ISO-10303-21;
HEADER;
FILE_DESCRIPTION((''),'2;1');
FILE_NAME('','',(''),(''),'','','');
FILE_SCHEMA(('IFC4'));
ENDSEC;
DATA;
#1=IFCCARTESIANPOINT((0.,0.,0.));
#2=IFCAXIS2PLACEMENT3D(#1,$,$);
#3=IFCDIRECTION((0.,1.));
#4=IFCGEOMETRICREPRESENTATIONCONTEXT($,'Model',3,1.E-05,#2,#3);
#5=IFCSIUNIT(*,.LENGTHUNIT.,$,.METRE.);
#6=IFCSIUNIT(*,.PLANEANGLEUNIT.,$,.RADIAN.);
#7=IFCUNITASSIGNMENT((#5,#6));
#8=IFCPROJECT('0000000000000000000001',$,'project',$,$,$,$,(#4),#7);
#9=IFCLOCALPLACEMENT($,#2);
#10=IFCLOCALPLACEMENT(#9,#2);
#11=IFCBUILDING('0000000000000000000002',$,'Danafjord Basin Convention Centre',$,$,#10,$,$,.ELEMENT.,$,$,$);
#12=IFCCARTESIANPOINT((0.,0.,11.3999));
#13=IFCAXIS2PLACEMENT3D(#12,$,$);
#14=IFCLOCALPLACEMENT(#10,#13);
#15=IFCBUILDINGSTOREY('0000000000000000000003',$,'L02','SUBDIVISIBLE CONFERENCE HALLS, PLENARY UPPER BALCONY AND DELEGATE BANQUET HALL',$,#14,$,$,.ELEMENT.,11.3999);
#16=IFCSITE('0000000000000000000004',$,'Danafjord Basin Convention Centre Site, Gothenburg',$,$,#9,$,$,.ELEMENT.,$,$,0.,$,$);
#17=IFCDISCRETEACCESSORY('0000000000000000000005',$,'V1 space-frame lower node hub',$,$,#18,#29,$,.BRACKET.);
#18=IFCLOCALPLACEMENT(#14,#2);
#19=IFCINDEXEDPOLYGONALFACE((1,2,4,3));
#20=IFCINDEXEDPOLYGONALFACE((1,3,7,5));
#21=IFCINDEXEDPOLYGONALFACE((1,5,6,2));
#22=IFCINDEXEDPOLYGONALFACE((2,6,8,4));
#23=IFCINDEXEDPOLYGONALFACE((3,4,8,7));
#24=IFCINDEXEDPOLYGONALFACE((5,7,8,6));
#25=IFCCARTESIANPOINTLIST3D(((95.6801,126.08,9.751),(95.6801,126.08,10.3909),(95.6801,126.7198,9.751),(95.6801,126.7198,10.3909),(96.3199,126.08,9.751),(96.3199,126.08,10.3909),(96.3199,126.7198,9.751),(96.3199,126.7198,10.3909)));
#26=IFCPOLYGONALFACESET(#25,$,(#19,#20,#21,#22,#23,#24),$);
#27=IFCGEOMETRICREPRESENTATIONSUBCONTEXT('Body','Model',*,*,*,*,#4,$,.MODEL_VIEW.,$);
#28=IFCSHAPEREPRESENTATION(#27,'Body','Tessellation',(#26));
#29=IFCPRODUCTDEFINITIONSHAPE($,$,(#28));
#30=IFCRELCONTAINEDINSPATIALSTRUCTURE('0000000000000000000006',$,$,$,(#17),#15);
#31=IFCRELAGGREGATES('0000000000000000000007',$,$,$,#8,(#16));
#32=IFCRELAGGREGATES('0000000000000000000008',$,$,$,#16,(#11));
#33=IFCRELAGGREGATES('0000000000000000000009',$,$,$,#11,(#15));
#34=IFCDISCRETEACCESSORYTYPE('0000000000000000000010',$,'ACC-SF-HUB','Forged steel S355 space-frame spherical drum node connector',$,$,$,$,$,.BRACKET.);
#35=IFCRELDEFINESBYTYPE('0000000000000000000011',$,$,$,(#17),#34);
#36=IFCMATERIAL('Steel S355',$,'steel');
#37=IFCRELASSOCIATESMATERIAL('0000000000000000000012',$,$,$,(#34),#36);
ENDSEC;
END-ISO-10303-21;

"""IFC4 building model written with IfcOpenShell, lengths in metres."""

from ifc_helpers import new_model, si_unit, direction, frame, origin, origin_2d, place, context, subcontext, project, spatial, rectangle, extrude, material, type_object, element, save


model = new_model("IFC4")

# Units and contexts
model_context = context("Model", 3, precision=1e-05, world=origin(), true_north=direction((0.0, 1.0)))
body_context = subcontext(model_context, "Body", "Model", "MODEL_VIEW")
ifc_project = project(units=[si_unit("LENGTHUNIT", "METRE"), si_unit("PLANEANGLEUNIT", "RADIAN")], contexts=[model_context])

# Site, building, storey
site_placement = place(None, origin())
site = spatial("IfcSite", under=ifc_project, at=site_placement, Name="Danafjord Basin Convention Centre Site, Gothenburg", CompositionType="ELEMENT", RefElevation=0.0)
building_placement = place(site_placement, origin())
building = spatial("IfcBuilding", under=site, at=building_placement, Name="Danafjord Basin Convention Centre", CompositionType="ELEMENT")
storey_placement = place(building_placement, frame((0.0, 0.0, 11.3999)))
storey = spatial("IfcBuildingStorey", under=building, at=storey_placement, Name="L02", Description="SUBDIVISIBLE CONFERENCE HALLS, PLENARY UPPER BALCONY AND DELEGATE BANQUET HALL", CompositionType="ELEMENT", Elevation=11.3999)

# Shared definitions
ifc_material = material(Name="Steel S355", Category="steel")

# Discrete accessory
discrete_accessory_type = type_object("IfcDiscreteAccessoryType", Name="ACC-SF-HUB", Description="Forged steel S355 space-frame spherical drum node connector", PredefinedType="BRACKET", material=ifc_material)
for number, where, z_axis, x_axis, name in (
    (1, (96.0, 126.3999, 9.751), (0.0, 0.0, 1.0), (1.0, 0.0, 0.0), "V1 space-frame lower node hub"),
):
    element("IfcDiscreteAccessory", number, at=place(storey_placement, frame(where, z_axis=z_axis, x_axis=x_axis)), inside=storey, type_object=discrete_accessory_type, Name=name, PredefinedType="BRACKET", context=body_context, shape_type="SweptSolid", body=[
        extrude(rectangle(XDim=0.6399, YDim=0.6399, at=origin_2d()), origin(), (0.0, 0.0, 1.0), 0.6399),
    ])

save(model, "model.ifc")
